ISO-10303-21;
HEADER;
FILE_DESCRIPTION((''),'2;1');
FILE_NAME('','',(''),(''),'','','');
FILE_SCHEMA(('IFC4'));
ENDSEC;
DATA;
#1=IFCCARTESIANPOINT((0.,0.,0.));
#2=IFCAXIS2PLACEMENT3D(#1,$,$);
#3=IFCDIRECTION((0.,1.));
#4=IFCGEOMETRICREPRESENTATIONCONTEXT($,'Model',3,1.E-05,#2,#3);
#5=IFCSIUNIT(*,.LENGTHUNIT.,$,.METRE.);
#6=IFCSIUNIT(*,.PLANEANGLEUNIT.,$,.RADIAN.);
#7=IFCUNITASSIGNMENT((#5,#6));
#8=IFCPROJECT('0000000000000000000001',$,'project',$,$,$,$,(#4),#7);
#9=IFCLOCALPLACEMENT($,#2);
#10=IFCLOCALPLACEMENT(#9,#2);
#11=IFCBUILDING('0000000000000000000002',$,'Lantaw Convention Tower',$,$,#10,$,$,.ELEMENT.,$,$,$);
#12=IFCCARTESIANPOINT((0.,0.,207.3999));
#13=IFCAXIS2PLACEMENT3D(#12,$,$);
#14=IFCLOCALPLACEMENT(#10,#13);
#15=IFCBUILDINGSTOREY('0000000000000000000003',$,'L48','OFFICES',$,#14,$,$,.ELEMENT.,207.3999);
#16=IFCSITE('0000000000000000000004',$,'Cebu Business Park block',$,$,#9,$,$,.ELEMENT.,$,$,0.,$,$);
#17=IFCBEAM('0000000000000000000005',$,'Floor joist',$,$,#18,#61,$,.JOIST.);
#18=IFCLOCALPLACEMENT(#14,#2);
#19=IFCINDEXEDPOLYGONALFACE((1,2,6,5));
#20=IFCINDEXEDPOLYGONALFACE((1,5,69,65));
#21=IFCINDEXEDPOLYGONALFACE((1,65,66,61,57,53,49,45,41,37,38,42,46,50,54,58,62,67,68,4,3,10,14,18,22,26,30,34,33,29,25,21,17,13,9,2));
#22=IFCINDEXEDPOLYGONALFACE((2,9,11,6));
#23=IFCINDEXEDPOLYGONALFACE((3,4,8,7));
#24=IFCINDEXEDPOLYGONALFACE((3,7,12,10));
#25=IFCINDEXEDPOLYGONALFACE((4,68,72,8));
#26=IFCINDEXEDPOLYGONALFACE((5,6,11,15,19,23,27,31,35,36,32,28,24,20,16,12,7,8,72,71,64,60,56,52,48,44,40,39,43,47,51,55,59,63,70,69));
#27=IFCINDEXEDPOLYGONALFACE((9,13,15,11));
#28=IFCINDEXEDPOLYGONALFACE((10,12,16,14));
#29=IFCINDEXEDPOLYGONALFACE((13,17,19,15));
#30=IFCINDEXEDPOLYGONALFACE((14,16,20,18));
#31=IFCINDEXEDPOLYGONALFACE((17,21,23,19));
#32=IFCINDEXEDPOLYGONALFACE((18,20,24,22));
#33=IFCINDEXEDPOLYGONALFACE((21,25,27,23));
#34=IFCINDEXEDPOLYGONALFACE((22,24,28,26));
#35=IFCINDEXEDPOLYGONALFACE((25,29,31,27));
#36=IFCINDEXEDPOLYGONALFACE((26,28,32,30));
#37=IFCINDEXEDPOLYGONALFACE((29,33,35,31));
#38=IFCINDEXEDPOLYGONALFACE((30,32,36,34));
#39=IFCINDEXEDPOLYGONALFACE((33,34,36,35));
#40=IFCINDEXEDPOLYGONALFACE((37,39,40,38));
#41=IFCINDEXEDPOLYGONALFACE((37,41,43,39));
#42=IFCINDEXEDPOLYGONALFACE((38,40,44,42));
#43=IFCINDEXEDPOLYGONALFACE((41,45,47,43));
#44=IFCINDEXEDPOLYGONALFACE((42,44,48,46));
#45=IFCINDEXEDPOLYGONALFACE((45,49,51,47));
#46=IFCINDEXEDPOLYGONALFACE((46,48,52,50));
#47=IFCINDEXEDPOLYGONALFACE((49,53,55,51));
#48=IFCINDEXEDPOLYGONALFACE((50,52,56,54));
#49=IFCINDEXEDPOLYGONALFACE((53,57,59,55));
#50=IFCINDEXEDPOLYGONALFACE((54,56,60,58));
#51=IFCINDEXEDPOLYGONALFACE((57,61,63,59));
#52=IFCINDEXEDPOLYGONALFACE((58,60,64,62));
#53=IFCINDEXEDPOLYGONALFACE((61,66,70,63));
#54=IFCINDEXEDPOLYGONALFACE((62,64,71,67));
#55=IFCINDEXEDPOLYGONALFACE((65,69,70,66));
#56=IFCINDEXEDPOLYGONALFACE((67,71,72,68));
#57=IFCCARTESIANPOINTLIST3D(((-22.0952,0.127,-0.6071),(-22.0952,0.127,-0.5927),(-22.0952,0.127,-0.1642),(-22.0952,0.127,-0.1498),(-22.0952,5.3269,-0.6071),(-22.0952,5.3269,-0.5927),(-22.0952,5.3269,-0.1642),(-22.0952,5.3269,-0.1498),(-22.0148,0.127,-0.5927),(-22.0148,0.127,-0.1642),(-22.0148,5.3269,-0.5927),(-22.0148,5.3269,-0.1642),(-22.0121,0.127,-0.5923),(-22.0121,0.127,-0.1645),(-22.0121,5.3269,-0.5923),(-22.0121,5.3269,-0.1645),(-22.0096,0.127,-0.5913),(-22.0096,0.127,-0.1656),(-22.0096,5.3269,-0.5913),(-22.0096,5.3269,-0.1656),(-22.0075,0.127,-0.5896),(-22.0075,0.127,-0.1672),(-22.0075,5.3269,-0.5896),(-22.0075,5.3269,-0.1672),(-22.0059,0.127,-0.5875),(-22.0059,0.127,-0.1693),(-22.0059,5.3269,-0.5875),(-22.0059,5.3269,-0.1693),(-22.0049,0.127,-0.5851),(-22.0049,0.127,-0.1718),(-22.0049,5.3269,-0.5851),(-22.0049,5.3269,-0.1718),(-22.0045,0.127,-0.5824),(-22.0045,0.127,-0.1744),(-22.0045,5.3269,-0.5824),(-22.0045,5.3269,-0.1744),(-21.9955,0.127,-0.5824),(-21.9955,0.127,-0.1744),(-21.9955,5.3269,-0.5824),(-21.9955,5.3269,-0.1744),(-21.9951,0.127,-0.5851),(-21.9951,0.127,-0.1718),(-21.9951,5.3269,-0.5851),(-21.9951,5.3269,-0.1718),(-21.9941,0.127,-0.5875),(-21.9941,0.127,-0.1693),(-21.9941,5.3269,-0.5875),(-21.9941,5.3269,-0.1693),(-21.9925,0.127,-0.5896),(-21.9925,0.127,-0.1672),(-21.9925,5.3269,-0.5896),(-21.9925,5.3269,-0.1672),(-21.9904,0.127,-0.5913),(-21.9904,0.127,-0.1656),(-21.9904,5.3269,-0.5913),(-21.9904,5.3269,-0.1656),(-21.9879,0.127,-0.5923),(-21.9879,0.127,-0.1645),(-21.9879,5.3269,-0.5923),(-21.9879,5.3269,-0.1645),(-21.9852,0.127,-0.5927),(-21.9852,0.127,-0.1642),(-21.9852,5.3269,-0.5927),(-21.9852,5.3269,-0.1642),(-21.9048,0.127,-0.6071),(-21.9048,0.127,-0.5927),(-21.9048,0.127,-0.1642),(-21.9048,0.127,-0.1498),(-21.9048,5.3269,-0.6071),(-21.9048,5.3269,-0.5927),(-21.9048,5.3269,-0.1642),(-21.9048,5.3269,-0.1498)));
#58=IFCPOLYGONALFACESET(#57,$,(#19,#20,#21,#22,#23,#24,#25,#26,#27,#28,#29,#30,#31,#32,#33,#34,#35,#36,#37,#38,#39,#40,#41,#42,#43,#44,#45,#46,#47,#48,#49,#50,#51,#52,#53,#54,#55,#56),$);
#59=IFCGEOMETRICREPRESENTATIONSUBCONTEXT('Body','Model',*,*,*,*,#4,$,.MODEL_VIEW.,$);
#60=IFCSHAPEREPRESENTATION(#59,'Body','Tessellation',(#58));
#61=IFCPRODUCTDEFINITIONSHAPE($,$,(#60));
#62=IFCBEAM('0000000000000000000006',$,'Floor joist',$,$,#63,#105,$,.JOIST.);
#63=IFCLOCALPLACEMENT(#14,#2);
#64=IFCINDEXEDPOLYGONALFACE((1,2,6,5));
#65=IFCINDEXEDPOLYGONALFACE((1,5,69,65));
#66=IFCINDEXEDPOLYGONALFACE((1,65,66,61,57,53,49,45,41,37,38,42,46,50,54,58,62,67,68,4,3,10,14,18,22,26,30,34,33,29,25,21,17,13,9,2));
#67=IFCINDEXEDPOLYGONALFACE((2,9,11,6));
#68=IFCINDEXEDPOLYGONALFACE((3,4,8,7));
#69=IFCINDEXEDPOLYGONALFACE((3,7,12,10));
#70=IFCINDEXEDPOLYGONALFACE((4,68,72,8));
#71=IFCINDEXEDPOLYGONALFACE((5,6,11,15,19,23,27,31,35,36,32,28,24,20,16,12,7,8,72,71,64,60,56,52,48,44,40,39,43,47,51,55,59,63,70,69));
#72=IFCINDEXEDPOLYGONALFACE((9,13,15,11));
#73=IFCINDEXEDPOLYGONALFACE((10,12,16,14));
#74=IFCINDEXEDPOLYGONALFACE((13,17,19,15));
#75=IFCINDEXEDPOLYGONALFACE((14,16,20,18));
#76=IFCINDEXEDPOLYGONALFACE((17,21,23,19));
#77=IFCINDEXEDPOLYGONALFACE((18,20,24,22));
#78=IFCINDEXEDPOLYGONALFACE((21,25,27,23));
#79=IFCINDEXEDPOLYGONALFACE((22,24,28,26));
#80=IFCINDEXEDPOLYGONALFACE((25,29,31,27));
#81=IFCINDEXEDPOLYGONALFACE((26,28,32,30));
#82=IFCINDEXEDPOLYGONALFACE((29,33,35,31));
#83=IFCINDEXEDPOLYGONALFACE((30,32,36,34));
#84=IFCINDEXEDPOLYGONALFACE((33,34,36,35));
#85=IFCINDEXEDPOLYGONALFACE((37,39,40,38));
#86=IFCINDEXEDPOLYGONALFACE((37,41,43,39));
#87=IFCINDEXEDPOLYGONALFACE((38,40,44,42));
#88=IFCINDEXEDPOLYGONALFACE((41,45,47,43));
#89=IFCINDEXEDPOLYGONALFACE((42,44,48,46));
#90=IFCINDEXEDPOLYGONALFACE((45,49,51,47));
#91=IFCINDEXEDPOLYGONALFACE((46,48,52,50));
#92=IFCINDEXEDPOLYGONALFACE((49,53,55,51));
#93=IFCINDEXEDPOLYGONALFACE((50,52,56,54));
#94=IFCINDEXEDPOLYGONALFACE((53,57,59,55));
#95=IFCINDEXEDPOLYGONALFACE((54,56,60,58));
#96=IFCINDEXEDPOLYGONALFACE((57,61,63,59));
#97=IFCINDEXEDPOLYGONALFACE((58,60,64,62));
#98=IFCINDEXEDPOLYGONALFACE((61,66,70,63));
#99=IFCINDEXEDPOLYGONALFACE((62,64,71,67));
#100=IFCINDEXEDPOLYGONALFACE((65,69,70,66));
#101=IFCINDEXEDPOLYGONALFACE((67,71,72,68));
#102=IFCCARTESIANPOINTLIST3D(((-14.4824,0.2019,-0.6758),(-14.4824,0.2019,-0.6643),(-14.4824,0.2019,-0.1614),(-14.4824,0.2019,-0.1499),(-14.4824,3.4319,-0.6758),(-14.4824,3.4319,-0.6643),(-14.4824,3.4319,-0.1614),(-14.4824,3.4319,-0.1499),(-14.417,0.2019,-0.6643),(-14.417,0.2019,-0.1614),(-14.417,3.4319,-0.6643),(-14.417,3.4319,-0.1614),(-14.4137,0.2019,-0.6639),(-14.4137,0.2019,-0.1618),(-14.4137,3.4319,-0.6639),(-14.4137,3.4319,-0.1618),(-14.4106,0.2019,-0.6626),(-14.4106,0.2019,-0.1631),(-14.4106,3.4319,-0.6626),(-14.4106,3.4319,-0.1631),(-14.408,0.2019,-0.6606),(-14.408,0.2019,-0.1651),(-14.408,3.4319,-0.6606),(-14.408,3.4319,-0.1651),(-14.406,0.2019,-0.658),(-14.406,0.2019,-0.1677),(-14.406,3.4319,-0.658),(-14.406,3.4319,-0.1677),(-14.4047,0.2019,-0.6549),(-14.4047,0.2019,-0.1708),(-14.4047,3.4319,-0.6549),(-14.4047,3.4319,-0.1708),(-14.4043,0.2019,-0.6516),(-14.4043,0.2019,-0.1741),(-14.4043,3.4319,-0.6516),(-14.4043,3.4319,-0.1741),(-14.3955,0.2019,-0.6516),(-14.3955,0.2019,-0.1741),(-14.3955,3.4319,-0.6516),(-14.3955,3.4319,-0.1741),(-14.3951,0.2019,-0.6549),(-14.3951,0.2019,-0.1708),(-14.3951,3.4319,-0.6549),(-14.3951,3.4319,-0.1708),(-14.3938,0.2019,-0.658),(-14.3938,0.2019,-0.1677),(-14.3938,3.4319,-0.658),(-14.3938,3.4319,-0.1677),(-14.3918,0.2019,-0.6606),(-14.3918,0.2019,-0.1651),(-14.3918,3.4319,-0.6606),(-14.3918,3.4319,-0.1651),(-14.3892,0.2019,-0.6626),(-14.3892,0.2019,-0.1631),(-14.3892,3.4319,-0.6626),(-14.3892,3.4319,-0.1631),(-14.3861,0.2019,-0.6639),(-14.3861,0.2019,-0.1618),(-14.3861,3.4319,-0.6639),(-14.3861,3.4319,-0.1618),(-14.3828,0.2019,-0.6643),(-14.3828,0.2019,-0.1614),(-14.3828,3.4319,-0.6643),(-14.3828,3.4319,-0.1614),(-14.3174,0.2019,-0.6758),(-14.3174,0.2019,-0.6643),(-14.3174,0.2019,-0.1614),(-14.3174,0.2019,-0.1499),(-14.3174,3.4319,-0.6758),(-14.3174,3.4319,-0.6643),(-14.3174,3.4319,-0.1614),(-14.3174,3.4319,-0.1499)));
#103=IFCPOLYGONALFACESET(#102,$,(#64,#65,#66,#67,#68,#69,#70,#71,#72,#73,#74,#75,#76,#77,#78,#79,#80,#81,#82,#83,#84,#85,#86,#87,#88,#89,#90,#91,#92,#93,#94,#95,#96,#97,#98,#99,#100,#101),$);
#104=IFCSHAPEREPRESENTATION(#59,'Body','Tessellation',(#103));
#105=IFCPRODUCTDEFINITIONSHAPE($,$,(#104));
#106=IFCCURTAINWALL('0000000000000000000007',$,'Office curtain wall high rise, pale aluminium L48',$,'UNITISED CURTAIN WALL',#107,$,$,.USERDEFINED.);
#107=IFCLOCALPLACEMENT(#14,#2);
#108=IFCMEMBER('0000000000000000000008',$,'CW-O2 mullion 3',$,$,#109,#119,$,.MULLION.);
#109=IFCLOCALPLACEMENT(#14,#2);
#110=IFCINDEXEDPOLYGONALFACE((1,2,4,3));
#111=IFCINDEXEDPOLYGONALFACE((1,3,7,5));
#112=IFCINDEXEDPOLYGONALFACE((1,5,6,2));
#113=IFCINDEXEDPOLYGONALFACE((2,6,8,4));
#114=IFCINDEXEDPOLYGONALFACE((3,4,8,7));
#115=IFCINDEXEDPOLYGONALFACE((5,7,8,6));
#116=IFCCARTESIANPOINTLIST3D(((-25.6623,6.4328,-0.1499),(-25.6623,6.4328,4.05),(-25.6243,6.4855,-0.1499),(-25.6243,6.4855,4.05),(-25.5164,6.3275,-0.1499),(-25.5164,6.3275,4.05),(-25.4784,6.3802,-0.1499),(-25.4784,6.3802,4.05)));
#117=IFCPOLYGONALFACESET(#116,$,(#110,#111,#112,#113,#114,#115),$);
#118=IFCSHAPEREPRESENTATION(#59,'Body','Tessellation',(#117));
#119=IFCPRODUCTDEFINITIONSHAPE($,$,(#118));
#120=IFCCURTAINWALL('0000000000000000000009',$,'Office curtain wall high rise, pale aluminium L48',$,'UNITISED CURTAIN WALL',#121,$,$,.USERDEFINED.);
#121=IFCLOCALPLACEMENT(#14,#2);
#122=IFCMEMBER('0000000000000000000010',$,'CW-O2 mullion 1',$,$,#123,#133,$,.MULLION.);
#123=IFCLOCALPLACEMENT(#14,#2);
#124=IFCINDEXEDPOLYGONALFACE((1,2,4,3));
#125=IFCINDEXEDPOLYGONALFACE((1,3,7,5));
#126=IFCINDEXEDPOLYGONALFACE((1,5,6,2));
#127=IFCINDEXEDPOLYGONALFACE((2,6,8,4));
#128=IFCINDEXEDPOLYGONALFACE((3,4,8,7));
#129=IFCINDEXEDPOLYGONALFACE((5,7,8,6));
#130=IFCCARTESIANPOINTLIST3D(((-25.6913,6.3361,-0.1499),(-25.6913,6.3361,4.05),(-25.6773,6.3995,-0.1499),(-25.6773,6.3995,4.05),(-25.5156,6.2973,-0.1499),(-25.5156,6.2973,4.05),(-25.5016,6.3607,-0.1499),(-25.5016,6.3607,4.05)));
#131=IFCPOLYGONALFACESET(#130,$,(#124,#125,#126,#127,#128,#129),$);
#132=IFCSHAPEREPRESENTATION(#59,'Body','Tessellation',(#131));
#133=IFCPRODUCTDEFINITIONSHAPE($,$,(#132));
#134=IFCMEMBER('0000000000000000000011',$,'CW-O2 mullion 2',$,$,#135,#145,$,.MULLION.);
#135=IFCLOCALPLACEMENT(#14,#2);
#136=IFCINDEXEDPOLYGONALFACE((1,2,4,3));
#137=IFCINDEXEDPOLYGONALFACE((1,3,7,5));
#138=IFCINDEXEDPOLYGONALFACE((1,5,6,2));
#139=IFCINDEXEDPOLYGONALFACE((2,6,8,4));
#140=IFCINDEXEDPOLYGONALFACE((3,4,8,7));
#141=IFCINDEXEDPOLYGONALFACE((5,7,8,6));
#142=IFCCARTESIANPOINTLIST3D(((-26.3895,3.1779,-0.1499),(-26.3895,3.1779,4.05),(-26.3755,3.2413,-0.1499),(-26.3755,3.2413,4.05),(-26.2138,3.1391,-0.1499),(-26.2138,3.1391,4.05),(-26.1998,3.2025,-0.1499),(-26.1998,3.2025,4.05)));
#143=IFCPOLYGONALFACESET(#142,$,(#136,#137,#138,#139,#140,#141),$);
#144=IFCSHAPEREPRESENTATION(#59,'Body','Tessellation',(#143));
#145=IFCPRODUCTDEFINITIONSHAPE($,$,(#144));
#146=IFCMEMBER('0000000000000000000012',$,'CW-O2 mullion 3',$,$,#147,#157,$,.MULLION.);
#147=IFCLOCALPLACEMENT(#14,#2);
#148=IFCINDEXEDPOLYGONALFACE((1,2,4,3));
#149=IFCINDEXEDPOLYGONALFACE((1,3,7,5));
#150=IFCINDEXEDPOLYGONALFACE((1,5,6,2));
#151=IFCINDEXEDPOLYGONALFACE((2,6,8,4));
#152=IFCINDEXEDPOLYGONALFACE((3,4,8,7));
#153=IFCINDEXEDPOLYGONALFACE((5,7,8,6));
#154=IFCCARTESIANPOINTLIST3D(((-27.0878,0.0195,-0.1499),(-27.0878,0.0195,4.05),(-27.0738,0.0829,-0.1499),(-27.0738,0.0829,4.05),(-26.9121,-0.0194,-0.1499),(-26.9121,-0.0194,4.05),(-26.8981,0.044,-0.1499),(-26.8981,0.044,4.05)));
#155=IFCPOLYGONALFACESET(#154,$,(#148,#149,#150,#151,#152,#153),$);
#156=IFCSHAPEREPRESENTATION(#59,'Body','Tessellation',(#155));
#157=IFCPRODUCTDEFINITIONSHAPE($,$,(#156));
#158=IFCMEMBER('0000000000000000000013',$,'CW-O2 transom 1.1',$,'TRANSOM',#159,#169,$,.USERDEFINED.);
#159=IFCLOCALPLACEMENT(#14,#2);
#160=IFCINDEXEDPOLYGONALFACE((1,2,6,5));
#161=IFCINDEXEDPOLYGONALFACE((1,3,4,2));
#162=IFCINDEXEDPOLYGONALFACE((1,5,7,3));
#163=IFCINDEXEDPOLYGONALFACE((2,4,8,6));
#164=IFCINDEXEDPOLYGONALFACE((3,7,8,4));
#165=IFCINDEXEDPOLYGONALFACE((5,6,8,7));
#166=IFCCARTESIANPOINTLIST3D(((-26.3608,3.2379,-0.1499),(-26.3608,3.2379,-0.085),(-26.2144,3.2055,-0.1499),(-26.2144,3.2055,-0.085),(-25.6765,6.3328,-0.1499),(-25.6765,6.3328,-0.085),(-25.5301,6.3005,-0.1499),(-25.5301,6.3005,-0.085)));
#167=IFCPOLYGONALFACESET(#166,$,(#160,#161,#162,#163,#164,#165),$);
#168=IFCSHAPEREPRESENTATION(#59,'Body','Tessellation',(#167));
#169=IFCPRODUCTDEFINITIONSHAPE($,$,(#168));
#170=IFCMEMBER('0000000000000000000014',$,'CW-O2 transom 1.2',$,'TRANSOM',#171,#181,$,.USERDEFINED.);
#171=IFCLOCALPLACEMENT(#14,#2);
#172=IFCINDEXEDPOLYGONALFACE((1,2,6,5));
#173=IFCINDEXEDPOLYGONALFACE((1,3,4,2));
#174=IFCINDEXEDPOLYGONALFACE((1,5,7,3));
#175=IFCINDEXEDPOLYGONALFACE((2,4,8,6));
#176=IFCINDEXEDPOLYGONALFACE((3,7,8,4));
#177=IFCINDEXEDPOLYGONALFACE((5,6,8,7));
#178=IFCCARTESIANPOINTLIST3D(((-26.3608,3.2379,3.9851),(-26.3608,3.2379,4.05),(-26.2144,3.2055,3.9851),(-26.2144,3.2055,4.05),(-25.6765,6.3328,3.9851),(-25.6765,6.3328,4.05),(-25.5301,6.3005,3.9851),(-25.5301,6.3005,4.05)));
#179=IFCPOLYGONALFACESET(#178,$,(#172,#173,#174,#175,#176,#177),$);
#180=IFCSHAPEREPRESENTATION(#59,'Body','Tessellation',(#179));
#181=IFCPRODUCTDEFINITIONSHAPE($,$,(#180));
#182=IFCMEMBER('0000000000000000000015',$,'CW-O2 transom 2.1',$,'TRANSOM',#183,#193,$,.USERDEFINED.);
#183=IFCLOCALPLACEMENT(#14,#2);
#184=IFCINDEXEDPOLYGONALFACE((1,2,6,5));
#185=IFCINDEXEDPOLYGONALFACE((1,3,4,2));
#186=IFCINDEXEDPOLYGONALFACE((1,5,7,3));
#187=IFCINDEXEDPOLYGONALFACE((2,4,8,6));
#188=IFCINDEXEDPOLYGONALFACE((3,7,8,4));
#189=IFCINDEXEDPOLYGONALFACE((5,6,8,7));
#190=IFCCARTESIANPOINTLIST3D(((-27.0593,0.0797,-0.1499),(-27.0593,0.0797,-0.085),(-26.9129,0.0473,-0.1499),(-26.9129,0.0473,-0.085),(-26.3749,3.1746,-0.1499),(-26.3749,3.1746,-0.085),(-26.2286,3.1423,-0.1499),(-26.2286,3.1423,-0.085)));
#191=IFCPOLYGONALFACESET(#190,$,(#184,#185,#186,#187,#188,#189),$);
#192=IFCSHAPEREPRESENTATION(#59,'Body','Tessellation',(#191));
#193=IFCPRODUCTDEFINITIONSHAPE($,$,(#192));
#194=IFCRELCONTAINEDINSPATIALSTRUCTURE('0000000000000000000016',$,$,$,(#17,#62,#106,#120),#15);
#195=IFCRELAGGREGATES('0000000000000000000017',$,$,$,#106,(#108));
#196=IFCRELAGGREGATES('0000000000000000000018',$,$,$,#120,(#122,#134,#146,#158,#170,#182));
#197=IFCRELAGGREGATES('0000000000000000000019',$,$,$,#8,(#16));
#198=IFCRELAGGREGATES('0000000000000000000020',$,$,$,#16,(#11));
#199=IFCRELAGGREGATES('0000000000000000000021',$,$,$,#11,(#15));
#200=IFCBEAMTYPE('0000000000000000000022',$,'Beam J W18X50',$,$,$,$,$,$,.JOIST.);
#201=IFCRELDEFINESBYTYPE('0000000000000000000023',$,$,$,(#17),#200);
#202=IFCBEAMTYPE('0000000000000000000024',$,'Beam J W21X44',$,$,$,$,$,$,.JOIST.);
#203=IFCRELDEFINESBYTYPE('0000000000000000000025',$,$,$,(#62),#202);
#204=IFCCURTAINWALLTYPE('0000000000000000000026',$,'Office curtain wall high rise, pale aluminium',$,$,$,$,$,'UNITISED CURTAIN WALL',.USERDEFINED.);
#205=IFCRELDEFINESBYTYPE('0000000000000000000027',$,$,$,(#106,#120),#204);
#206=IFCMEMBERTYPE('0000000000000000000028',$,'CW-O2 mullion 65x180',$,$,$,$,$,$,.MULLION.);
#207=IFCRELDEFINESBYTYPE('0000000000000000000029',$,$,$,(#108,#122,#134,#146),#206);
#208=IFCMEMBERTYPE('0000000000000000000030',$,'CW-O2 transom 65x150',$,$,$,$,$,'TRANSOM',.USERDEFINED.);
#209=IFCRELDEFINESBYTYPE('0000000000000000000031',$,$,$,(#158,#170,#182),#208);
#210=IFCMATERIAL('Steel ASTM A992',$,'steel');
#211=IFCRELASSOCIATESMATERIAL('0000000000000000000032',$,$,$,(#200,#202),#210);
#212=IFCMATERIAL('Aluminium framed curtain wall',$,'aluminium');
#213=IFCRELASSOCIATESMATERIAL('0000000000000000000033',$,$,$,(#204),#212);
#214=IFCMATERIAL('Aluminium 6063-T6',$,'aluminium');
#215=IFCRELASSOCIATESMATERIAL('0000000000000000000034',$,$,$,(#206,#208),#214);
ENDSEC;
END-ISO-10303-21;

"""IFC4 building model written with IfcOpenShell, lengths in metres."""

from ifc_helpers import new_model, si_unit, direction, frame, origin, origin_2d, place, context, subcontext, project, spatial, rectangle, i_section, extrude, material, material_profile, profile_set, type_object, element, aggregate, save


model = new_model("IFC4")

# Units and contexts
model_context = context("Model", 3, precision=1e-05, world=origin(), true_north=direction((0.0, 1.0)))
body_context = subcontext(model_context, "Body", "Model", "MODEL_VIEW")
ifc_project = project(units=[si_unit("LENGTHUNIT", "METRE"), si_unit("PLANEANGLEUNIT", "RADIAN")], contexts=[model_context])

# Site, building, storey
site_placement = place(None, origin())
site = spatial("IfcSite", under=ifc_project, at=site_placement, Name="Cebu Business Park block", CompositionType="ELEMENT", RefElevation=0.0)
building_placement = place(site_placement, origin())
building = spatial("IfcBuilding", under=site, at=building_placement, Name="Lantaw Convention Tower", CompositionType="ELEMENT")
storey_placement = place(building_placement, frame((0.0, 0.0, 207.3999)))
storey = spatial("IfcBuildingStorey", under=building, at=storey_placement, Name="L48", Description="OFFICES", CompositionType="ELEMENT", Elevation=207.3999)

# Beams
ifc_material_1 = material(Name="Steel ASTM A992", Category="steel")
ifc_material_profile_1 = material_profile(ifc_material_1, i_section(OverallWidth=0.1904, OverallDepth=0.4573, WebThickness=0.009, FlangeThickness=0.0144, FilletRadius=0.0103, at=origin_2d()), Name="W18X50")
ifc_profile_set_1 = profile_set([ifc_material_profile_1], Name="Steel ASTM A992")
beam_type_1 = type_object("IfcBeamType", Name="Beam J W18X50", PredefinedType="JOIST", material=ifc_profile_set_1)
beam_1_placement = place(storey_placement, frame((-22.0, 0.127, -0.3784), z_axis=(0.0, 1.0, 0.0), x_axis=(-1.0, 0.0, 0.0)))
element("IfcBeam", 1, at=beam_1_placement, inside=storey, type_object=beam_type_1, Name="Floor joist", PredefinedType="JOIST", context=body_context, shape_type="SweptSolid", body=[
    extrude(i_section(OverallWidth=0.1904, OverallDepth=0.4573, WebThickness=0.009, FlangeThickness=0.0144, FilletRadius=0.0103, at=origin_2d()), origin(), (0.0, 0.0, 1.0), 5.2),
])
ifc_material_profile_2 = material_profile(ifc_material_1, i_section(OverallWidth=0.165, OverallDepth=0.5259, WebThickness=0.0088, FlangeThickness=0.0115, FilletRadius=0.0127, at=origin_2d()), Name="W21X44")
ifc_profile_set_2 = profile_set([ifc_material_profile_2], Name="Steel ASTM A992")
beam_type_2 = type_object("IfcBeamType", Name="Beam J W21X44", PredefinedType="JOIST", material=ifc_profile_set_2)
beam_2_placement = place(storey_placement, frame((-14.3999, 0.2019, -0.4128), z_axis=(0.0, 1.0, 0.0), x_axis=(-1.0, 0.0, 0.0)))
element("IfcBeam", 2, at=beam_2_placement, inside=storey, type_object=beam_type_2, Name="Floor joist", PredefinedType="JOIST", context=body_context, shape_type="SweptSolid", body=[
    extrude(i_section(OverallWidth=0.165, OverallDepth=0.5259, WebThickness=0.0088, FlangeThickness=0.0115, FilletRadius=0.0127, at=origin_2d()), origin(), (0.0, 0.0, 1.0), 3.23),
])

# Curtain wall, member
ifc_material_2 = material(Name="Aluminium framed curtain wall", Category="aluminium")
curtain_wall_type = type_object("IfcCurtainWallType", Name="Office curtain wall high rise, pale aluminium", ElementType="UNITISED CURTAIN WALL", PredefinedType="USERDEFINED", material=ifc_material_2)
curtain_wall_1_placement = place(storey_placement, origin())
curtain_wall_1 = element("IfcCurtainWall", 3, at=curtain_wall_1_placement, inside=storey, type_object=curtain_wall_type, Name="Office curtain wall high rise, pale aluminium L48", ObjectType="UNITISED CURTAIN WALL", PredefinedType="USERDEFINED")
ifc_material_3 = material(Name="Aluminium 6063-T6", Category="aluminium")
ifc_material_profile_3 = material_profile(ifc_material_3, rectangle(XDim=0.1799, YDim=0.0649, at=origin_2d()), Name="CW-O2 mullion 65x180")
ifc_profile_set_3 = profile_set([ifc_material_profile_3], Name="Aluminium 6063-T6")
member_type_1 = type_object("IfcMemberType", Name="CW-O2 mullion 65x180", PredefinedType="MULLION", material=ifc_profile_set_3)
member_1_placement = place(storey_placement, frame((-25.5703, 6.4065, -0.1499), z_axis=(0.0, 0.0, 1.0), x_axis=(0.81092, -0.585158, 0.0)))
member_1 = element("IfcMember", 4, at=member_1_placement, type_object=member_type_1, Name="CW-O2 mullion 3", PredefinedType="MULLION", context=body_context, shape_type="SweptSolid", body=[
    extrude(rectangle(XDim=0.1799, YDim=0.0649, at=origin_2d()), origin(), (0.0, 0.0, 1.0), 4.2),
])

# Curtain wall, members
curtain_wall_2_placement = place(storey_placement, origin())
curtain_wall_2 = element("IfcCurtainWall", 5, at=curtain_wall_2_placement, inside=storey, type_object=curtain_wall_type, Name="Office curtain wall high rise, pale aluminium L48", ObjectType="UNITISED CURTAIN WALL", PredefinedType="USERDEFINED")
member_2_placement = place(storey_placement, frame((-25.5964, 6.3484, -0.1499), z_axis=(0.0, 0.0, 1.0), x_axis=(0.976417, -0.215891, 0.0)))
member_2 = element("IfcMember", 6, at=member_2_placement, type_object=member_type_1, Name="CW-O2 mullion 1", PredefinedType="MULLION", context=body_context, shape_type="SweptSolid", body=[
    extrude(rectangle(XDim=0.1799, YDim=0.0649, at=origin_2d()), origin(), (0.0, 0.0, 1.0), 4.2),
])
member_3_placement = place(storey_placement, frame((-26.2947, 3.1902, -0.1499), z_axis=(0.0, 0.0, 1.0), x_axis=(0.976417, -0.215891, 0.0)))
member_3 = element("IfcMember", 7, at=member_3_placement, type_object=member_type_1, Name="CW-O2 mullion 2", PredefinedType="MULLION", context=body_context, shape_type="SweptSolid", body=[
    extrude(rectangle(XDim=0.1799, YDim=0.0649, at=origin_2d()), origin(), (0.0, 0.0, 1.0), 4.2),
])
member_4_placement = place(storey_placement, frame((-26.9929, 0.0317, -0.1499), z_axis=(0.0, 0.0, 1.0), x_axis=(0.976417, -0.215891, 0.0)))
member_4 = element("IfcMember", 8, at=member_4_placement, type_object=member_type_1, Name="CW-O2 mullion 3", PredefinedType="MULLION", context=body_context, shape_type="SweptSolid", body=[
    extrude(rectangle(XDim=0.1799, YDim=0.0649, at=origin_2d()), origin(), (0.0, 0.0, 1.0), 4.2),
])
ifc_material_profile_4 = material_profile(ifc_material_3, rectangle(XDim=0.1499, YDim=0.0649, at=origin_2d()), Name="CW-O2 transom 65x150")
ifc_profile_set_4 = profile_set([ifc_material_profile_4], Name="Aluminium 6063-T6")
member_type_2 = type_object("IfcMemberType", Name="CW-O2 transom 65x150", ElementType="TRANSOM", PredefinedType="USERDEFINED", material=ifc_profile_set_4)
member_5_placement = place(storey_placement, frame((-25.6033, 6.3167, -0.1174), z_axis=(-0.215895, -0.976417, 0.0), x_axis=(0.976417, -0.215895, 0.0)))
member_5 = element("IfcMember", 9, at=member_5_placement, type_object=member_type_2, Name="CW-O2 transom 1.1", ObjectType="TRANSOM", PredefinedType="USERDEFINED", context=body_context, shape_type="SweptSolid", body=[
    extrude(rectangle(XDim=0.1499, YDim=0.0649, at=origin_2d()), origin(), (0.0, 0.0, 1.0), 3.1697),
])
member_6_placement = place(storey_placement, frame((-25.6033, 6.3167, 4.0176), z_axis=(-0.215895, -0.976417, 0.0), x_axis=(0.976417, -0.215895, 0.0)))
member_6 = element("IfcMember", 10, at=member_6_placement, type_object=member_type_2, Name="CW-O2 transom 1.2", ObjectType="TRANSOM", PredefinedType="USERDEFINED", context=body_context, shape_type="SweptSolid", body=[
    extrude(rectangle(XDim=0.1499, YDim=0.0649, at=origin_2d()), origin(), (0.0, 0.0, 1.0), 3.1697),
])
member_7_placement = place(storey_placement, frame((-26.3018, 3.1584, -0.1174), z_axis=(-0.215895, -0.976417, 0.0), x_axis=(0.976417, -0.215895, 0.0)))
member_7 = element("IfcMember", 11, at=member_7_placement, type_object=member_type_2, Name="CW-O2 transom 2.1", ObjectType="TRANSOM", PredefinedType="USERDEFINED", context=body_context, shape_type="SweptSolid", body=[
    extrude(rectangle(XDim=0.1499, YDim=0.0649, at=origin_2d()), origin(), (0.0, 0.0, 1.0), 3.1697),
])

aggregate(curtain_wall_1, [member_1])
aggregate(curtain_wall_2, [member_2, member_3, member_4, member_5, member_6, member_7])

save(model, "model.ifc")
